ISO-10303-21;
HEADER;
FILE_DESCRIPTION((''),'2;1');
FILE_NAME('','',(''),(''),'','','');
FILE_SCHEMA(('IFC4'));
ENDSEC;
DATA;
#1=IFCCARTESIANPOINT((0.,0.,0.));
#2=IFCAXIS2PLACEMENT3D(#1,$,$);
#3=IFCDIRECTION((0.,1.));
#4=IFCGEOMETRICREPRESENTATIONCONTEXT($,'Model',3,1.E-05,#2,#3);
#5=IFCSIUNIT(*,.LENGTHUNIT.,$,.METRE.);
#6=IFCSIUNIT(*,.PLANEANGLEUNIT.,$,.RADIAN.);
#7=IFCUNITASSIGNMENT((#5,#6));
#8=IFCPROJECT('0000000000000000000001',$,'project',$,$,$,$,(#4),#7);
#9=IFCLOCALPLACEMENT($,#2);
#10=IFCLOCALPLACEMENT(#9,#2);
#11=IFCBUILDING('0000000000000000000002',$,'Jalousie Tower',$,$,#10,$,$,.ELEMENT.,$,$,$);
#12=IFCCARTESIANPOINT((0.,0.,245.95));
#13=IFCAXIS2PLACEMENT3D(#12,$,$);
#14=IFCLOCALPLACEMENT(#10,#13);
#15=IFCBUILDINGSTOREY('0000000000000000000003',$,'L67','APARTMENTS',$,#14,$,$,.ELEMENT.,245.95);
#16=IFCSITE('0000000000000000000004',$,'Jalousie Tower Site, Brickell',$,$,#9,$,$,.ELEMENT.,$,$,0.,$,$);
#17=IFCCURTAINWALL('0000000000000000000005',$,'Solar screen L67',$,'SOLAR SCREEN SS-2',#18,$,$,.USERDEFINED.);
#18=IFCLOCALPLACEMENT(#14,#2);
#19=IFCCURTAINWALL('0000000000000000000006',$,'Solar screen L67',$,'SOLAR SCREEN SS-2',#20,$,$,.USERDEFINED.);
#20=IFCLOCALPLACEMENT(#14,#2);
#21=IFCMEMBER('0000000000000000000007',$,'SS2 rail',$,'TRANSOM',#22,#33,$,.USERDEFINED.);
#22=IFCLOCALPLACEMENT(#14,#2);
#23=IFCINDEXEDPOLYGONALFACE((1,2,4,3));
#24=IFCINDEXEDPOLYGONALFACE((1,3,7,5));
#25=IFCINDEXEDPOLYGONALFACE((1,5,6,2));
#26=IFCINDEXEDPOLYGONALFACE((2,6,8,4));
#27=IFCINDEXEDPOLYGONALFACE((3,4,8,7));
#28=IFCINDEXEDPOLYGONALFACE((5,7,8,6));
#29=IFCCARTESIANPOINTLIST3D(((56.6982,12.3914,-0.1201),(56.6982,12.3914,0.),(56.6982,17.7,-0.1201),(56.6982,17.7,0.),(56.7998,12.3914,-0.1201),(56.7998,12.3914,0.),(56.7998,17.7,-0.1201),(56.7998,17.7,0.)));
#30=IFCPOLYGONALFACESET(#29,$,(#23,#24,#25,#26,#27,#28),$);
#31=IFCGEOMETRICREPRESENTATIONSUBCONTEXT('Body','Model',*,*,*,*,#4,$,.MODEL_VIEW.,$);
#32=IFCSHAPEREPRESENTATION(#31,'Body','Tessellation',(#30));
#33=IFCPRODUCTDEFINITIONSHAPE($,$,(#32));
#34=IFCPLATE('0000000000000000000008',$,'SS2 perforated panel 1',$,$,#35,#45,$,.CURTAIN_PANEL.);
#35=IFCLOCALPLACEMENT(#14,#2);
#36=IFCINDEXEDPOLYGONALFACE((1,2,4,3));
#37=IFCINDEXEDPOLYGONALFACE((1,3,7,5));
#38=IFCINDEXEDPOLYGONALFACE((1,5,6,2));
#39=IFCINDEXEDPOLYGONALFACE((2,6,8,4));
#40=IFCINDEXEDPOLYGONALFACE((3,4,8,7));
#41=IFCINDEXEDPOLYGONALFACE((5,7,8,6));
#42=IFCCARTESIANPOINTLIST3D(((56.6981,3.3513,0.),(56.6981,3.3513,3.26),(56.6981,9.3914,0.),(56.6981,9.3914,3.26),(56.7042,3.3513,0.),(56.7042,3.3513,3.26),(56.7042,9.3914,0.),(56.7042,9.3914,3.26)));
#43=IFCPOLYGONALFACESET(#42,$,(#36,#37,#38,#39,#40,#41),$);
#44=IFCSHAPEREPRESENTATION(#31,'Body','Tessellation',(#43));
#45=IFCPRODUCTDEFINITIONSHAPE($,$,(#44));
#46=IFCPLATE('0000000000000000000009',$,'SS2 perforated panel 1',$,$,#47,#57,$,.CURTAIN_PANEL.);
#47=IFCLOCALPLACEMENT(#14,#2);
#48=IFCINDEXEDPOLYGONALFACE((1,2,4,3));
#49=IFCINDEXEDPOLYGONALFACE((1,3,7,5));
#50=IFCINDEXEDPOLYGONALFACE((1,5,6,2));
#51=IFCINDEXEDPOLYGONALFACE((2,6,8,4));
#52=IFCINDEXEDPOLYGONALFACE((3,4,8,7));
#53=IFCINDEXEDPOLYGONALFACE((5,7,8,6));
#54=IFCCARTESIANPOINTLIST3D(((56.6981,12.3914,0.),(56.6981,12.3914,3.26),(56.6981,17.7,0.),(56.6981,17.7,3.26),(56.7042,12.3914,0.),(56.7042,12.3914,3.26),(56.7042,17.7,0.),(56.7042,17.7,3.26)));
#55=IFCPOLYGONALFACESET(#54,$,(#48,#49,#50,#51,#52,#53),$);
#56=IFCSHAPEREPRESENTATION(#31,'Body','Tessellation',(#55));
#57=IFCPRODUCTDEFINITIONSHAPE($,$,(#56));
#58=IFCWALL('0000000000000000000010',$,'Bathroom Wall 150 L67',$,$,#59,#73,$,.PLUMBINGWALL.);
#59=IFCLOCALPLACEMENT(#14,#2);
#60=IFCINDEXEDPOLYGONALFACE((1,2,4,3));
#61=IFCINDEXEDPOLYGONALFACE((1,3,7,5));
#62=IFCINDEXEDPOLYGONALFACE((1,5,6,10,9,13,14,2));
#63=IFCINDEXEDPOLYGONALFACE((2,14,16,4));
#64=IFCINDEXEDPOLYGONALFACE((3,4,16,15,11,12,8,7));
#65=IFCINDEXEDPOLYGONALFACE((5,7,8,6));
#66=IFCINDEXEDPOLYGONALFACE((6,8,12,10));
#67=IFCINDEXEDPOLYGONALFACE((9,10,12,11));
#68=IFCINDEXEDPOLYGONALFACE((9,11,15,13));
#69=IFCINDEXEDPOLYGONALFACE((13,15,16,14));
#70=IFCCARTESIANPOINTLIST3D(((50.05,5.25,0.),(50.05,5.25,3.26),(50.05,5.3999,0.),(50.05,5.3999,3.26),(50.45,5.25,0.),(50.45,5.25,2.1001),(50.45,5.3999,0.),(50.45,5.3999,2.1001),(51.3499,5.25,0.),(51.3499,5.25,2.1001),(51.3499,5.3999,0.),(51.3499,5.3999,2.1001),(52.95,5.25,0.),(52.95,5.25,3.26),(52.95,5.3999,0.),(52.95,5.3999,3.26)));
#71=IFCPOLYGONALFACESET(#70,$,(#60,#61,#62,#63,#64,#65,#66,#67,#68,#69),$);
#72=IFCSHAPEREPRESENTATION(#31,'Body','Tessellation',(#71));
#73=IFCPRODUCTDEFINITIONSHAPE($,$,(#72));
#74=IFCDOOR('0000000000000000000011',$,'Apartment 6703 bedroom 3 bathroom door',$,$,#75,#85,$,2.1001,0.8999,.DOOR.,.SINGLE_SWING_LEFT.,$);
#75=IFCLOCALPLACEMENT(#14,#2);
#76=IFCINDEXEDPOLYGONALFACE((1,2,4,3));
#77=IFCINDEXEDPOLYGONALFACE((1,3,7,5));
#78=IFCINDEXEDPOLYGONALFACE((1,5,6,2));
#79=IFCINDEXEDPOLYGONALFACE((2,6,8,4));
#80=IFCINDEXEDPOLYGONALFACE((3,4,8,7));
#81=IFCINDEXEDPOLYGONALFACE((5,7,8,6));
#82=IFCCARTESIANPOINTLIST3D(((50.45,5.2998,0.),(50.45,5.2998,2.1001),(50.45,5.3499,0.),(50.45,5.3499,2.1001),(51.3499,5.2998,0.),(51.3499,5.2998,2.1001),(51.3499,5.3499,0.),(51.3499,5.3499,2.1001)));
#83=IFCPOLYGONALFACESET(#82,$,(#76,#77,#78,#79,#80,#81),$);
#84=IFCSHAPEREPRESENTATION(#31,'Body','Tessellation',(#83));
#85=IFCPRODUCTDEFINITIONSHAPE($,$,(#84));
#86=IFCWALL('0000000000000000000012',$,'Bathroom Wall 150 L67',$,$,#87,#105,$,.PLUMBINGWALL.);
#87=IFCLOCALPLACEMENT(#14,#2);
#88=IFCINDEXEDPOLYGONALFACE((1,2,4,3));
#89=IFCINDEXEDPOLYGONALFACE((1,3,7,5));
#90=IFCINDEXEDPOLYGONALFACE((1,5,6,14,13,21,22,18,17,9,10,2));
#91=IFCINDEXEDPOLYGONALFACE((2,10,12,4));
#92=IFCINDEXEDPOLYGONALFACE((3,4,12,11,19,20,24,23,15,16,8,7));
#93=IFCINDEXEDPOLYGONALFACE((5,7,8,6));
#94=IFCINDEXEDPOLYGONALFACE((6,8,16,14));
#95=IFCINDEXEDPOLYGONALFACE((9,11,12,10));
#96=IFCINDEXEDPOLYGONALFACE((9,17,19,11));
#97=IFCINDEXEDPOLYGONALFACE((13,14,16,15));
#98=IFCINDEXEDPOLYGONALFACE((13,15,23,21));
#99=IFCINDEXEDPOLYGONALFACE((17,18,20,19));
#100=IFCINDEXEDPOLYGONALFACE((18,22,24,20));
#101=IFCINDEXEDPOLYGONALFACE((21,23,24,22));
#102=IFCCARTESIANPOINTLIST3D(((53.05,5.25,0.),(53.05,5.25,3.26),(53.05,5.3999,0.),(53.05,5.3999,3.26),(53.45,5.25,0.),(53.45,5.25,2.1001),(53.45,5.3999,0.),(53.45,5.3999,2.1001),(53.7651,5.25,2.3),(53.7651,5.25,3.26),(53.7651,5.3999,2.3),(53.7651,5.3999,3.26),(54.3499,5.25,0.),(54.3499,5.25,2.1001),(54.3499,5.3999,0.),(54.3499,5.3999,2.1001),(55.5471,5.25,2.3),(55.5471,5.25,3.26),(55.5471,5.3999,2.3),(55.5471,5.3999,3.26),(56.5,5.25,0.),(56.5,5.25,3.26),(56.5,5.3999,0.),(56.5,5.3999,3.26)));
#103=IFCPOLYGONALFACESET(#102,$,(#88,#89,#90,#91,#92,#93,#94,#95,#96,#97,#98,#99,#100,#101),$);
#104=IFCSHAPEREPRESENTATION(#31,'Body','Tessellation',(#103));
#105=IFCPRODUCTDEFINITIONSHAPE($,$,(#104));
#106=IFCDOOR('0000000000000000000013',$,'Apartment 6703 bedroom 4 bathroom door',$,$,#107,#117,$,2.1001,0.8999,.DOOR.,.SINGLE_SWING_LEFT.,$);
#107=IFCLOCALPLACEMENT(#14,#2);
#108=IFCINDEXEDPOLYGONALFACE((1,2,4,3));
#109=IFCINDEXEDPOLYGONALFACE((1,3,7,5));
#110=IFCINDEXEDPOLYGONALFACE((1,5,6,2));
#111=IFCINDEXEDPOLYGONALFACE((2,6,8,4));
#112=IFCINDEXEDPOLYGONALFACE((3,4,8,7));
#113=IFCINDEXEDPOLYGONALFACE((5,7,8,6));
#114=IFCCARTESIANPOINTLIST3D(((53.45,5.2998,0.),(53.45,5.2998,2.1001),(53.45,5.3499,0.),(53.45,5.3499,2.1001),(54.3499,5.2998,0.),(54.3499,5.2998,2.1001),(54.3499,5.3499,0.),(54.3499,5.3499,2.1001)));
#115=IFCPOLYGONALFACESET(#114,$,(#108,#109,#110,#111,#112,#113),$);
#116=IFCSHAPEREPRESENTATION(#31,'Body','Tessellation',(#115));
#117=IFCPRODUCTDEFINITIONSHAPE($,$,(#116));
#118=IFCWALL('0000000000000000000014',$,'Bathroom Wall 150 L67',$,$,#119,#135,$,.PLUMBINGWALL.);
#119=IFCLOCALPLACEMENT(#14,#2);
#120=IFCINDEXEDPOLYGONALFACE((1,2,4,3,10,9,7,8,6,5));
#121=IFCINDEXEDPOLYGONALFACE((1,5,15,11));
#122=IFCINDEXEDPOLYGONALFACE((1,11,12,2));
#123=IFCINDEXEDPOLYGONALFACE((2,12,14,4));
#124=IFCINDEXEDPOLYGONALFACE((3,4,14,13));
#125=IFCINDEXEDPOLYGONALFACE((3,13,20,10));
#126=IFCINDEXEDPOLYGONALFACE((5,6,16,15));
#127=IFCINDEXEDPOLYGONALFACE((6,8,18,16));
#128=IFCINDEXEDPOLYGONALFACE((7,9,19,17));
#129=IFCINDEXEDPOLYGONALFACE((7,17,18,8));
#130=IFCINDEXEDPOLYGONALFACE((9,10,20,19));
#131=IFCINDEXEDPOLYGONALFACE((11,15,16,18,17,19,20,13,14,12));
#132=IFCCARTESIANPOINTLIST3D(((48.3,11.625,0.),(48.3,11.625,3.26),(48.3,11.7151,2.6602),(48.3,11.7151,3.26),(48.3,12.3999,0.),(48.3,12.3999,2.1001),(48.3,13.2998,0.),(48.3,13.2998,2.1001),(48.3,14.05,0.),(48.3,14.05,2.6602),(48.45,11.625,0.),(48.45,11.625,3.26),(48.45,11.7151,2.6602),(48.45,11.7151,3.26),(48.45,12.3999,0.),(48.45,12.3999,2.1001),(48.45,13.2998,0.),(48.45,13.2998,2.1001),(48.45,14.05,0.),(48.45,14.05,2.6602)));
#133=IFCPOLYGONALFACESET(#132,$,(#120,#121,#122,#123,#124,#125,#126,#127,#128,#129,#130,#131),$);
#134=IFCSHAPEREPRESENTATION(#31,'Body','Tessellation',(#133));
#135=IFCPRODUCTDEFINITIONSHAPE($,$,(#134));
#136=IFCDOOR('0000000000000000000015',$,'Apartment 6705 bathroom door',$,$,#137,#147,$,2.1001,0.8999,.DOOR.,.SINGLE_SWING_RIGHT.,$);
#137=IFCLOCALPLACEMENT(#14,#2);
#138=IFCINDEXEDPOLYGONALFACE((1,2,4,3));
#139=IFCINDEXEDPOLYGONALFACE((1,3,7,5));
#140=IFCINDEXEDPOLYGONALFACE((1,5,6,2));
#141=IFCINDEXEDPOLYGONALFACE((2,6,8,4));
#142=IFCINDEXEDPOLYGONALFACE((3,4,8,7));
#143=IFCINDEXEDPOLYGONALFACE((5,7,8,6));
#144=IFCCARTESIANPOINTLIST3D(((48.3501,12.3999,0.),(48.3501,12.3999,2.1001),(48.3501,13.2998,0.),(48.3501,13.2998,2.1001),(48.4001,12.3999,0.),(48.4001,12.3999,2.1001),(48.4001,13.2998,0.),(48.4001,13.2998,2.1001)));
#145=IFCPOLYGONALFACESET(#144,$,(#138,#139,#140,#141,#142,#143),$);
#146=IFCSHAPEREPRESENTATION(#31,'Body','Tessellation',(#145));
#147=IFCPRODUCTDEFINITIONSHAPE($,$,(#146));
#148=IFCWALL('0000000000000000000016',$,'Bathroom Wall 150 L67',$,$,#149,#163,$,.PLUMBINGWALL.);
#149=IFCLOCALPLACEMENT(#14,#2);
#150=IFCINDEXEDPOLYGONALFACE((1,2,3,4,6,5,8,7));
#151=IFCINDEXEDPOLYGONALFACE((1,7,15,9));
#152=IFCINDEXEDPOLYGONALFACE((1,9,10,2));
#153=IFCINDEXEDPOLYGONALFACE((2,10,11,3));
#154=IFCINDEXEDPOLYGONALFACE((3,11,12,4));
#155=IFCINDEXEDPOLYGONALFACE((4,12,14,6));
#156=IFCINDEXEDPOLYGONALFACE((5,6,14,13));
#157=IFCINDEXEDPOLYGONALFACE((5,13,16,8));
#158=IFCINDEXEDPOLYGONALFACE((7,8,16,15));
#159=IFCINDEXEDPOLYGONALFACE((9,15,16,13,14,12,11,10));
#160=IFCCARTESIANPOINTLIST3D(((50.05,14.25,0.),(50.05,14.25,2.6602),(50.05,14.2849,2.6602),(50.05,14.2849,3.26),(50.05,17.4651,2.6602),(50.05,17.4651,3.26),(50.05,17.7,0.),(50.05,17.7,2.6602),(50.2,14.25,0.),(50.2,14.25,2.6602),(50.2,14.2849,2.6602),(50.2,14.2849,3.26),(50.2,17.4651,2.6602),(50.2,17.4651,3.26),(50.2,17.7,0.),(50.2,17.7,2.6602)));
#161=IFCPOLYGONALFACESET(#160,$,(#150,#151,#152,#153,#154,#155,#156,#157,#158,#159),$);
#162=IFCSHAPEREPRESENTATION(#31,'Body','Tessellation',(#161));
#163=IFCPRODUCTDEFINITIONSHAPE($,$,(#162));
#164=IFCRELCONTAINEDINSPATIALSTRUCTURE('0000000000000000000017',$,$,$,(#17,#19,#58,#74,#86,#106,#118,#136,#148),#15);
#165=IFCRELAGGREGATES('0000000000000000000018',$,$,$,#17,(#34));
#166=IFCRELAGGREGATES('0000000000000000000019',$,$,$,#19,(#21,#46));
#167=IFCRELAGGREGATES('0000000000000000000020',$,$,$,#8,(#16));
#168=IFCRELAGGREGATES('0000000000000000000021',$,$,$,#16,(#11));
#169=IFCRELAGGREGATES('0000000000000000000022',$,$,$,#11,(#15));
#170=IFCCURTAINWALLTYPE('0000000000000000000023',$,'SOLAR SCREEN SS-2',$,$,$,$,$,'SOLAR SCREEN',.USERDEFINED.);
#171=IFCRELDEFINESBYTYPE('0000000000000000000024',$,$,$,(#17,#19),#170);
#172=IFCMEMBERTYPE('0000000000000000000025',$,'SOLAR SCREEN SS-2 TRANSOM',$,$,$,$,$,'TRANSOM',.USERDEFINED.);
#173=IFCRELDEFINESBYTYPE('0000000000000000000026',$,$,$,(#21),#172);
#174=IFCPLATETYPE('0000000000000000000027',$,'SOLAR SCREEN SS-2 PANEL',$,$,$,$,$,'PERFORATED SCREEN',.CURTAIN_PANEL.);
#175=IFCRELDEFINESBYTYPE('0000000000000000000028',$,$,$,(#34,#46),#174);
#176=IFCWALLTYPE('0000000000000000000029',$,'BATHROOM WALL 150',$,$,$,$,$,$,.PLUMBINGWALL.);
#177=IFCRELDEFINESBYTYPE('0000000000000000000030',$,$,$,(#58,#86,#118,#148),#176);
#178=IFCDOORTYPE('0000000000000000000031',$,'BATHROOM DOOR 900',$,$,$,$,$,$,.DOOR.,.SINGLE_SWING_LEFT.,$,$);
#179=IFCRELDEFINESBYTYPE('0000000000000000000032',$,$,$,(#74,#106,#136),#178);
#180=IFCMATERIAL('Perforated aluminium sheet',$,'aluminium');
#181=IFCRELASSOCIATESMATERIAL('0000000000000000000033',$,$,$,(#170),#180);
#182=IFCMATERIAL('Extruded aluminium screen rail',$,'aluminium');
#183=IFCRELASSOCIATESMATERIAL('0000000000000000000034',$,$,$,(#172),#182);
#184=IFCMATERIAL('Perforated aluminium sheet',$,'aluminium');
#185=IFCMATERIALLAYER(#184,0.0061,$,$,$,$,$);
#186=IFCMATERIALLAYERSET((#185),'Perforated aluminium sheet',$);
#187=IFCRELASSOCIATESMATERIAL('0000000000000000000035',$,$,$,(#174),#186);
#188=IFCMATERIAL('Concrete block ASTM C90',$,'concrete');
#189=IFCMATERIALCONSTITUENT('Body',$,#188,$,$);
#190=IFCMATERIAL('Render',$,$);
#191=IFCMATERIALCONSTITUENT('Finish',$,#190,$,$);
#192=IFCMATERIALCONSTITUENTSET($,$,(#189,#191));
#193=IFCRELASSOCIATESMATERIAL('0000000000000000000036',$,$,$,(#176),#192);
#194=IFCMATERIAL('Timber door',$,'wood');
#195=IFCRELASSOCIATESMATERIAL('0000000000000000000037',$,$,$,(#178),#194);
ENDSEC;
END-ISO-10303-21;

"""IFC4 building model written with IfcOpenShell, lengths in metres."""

from ifc_helpers import new_model, si_unit, direction, frame, frame_2d, origin, origin_2d, place, context, subcontext, project, spatial, polyline, rectangle, outline, extrude, material, layer, layer_set, constituent, constituent_set, material_profile, profile_set, type_object, element, fill, aggregate, save


model = new_model("IFC4")

# Units and contexts
model_context = context("Model", 3, precision=1e-05, world=origin(), true_north=direction((0.0, 1.0)))
body_context = subcontext(model_context, "Body", "Model", "MODEL_VIEW")
ifc_project = project(units=[si_unit("LENGTHUNIT", "METRE"), si_unit("PLANEANGLEUNIT", "RADIAN")], contexts=[model_context])

# Site, building, storey
site_placement = place(None, origin())
site = spatial("IfcSite", under=ifc_project, at=site_placement, Name="Jalousie Tower Site, Brickell", CompositionType="ELEMENT", RefElevation=0.0)
building_placement = place(site_placement, origin())
building = spatial("IfcBuilding", under=site, at=building_placement, Name="Jalousie Tower", CompositionType="ELEMENT")
storey_placement = place(building_placement, frame((0.0, 0.0, 245.95)))
storey = spatial("IfcBuildingStorey", under=building, at=storey_placement, Name="L67", Description="APARTMENTS", CompositionType="ELEMENT", Elevation=245.95)

# Curtain wall
ifc_material_1 = material(Name="Perforated aluminium sheet", Category="aluminium")
curtain_wall_type = type_object("IfcCurtainWallType", Name="SOLAR SCREEN SS-2", ElementType="SOLAR SCREEN", PredefinedType="USERDEFINED", material=ifc_material_1)
curtain_wall_1_placement = place(storey_placement, origin())
curtain_wall_1 = element("IfcCurtainWall", 1, at=curtain_wall_1_placement, inside=storey, type_object=curtain_wall_type, Name="Solar screen L67", ObjectType="SOLAR SCREEN SS-2", PredefinedType="USERDEFINED")

# Curtain wall
curtain_wall_2_placement = place(storey_placement, origin())
curtain_wall_2 = element("IfcCurtainWall", 2, at=curtain_wall_2_placement, inside=storey, type_object=curtain_wall_type, Name="Solar screen L67", ObjectType="SOLAR SCREEN SS-2", PredefinedType="USERDEFINED")

# Member
ifc_material_2 = material(Name="Extruded aluminium screen rail", Category="aluminium")
ifc_material_profile_1 = material_profile(ifc_material_2, rectangle(XDim=0.1016, YDim=0.1201, at=origin_2d()), Name="RAIL 102x120")
ifc_profile_set_1 = profile_set([ifc_material_profile_1], Name="Extruded aluminium screen rail")
member_type_1 = type_object("IfcMemberType", Name="SOLAR SCREEN SS-2 TRANSOM", ElementType="TRANSOM", PredefinedType="USERDEFINED", material=ifc_profile_set_1)
member_1_placement = place(storey_placement, frame((56.749, 12.3914, -0.0601), z_axis=(0.0, 1.0, 0.0), x_axis=(-1.0, 0.0, 0.0)))
member_1 = element("IfcMember", 3, at=member_1_placement, type_object=member_type_1, Name="SS2 rail", ObjectType="TRANSOM", PredefinedType="USERDEFINED", context=body_context, shape_type="SweptSolid", body=[
    extrude(rectangle(XDim=0.1016, YDim=0.1201, at=origin_2d()), origin(), (0.0, 0.0, 1.0), 5.3086),
])

# Plates
ifc_material_3 = material(Name="Perforated aluminium sheet", Category="aluminium")
ifc_layer = layer(ifc_material_3, 0.0061)
ifc_layer_set = layer_set([ifc_layer], Name="Perforated aluminium sheet")
plate_type = type_object("IfcPlateType", Name="SOLAR SCREEN SS-2 PANEL", ElementType="PERFORATED SCREEN", PredefinedType="CURTAIN_PANEL", material=ifc_layer_set)
plate_1_placement = place(storey_placement, frame((56.7012, 6.3713, 0.0), z_axis=(0.0, 0.0, 1.0), x_axis=(0.0, 1.0, 0.0)))
plate_1 = element("IfcPlate", 4, at=plate_1_placement, type_object=plate_type, Name="SS2 perforated panel 1", PredefinedType="CURTAIN_PANEL", context=body_context, shape_type="SweptSolid", body=[
    extrude(rectangle(XDim=6.04, YDim=0.0061, at=origin_2d()), origin(), (0.0, 0.0, 1.0), 3.26),
])
aggregate(curtain_wall_1, [plate_1])
plate_2_placement = place(storey_placement, frame((56.7012, 15.0457, 0.0), z_axis=(0.0, 0.0, 1.0), x_axis=(0.0, 1.0, 0.0)))
plate_2 = element("IfcPlate", 5, at=plate_2_placement, type_object=plate_type, Name="SS2 perforated panel 1", PredefinedType="CURTAIN_PANEL", context=body_context, shape_type="SweptSolid", body=[
    extrude(rectangle(XDim=5.3086, YDim=0.0061, at=origin_2d()), origin(), (0.0, 0.0, 1.0), 3.26),
])
aggregate(curtain_wall_2, [member_1, plate_2])

# Walls, openings, doors
ifc_material_4 = material(Name="Concrete block ASTM C90", Category="concrete")
ifc_constituent_1 = constituent(ifc_material_4, Name="Body")
ifc_material_5 = material(Name="Render")
ifc_constituent_2 = constituent(ifc_material_5, Name="Finish")
ifc_constituent_set_1 = constituent_set(constituents=[ifc_constituent_1, ifc_constituent_2])
wall_type_1 = type_object("IfcWallType", Name="BATHROOM WALL 150", PredefinedType="PLUMBINGWALL", material=ifc_constituent_set_1)
wall_1_placement = place(storey_placement, frame((50.05, 5.325, 0.0), z_axis=(0.0, 0.0, 1.0), x_axis=(1.0, 0.0, 0.0)))
wall_1 = element("IfcWall", 6, at=wall_1_placement, inside=storey, type_object=wall_type_1, Name="Bathroom Wall 150 L67", PredefinedType="PLUMBINGWALL", context=body_context, shape_type="SweptSolid", body=[
    extrude(rectangle(XDim=2.8999, YDim=0.1499, at=frame_2d((1.45, 0.0))), origin(), (0.0, 0.0, 1.0), 3.26),
])
opening_1_placement = place(wall_1_placement, frame((0.3999, 0.0, 0.0)))
opening_1 = element("IfcOpeningElement", 7, at=opening_1_placement, cuts=wall_1, PredefinedType="OPENING", context=body_context, shape_type="SweptSolid", body=[
    extrude(rectangle(XDim=0.8999, YDim=2.1001, at=frame_2d((0.45, 1.05))), frame((0.0, 0.085, 0.0), z_axis=(0.0, -1.0, 0.0), x_axis=(1.0, 0.0, 0.0)), (0.0, 0.0, 1.0), 0.1699),
])
ifc_material_6 = material(Name="Timber door", Category="wood")
door_type_1 = type_object("IfcDoorType", Name="BATHROOM DOOR 900", OperationType="SINGLE_SWING_LEFT", PredefinedType="DOOR", material=ifc_material_6)
door_1_placement = place(opening_1_placement, origin())
door_1 = element("IfcDoor", 8, at=door_1_placement, inside=storey, type_object=door_type_1, Name="Apartment 6703 bedroom 3 bathroom door", OperationType="SINGLE_SWING_LEFT", OverallHeight=2.1001, OverallWidth=0.8999, PredefinedType="DOOR", context=body_context, shape_type="SweptSolid", body=[
    extrude(rectangle(XDim=0.8999, YDim=2.1001, at=frame_2d((0.45, 1.05))), frame((0.0, 0.0249, 0.0), z_axis=(0.0, -1.0, 0.0), x_axis=(1.0, 0.0, 0.0)), (0.0, 0.0, 1.0), 0.05),
])
fill(opening_1, door_1)
wall_2_placement = place(storey_placement, frame((53.05, 5.325, 0.0), z_axis=(0.0, 0.0, 1.0), x_axis=(1.0, 0.0, 0.0)))
wall_2 = element("IfcWall", 9, at=wall_2_placement, inside=storey, type_object=wall_type_1, Name="Bathroom Wall 150 L67", PredefinedType="PLUMBINGWALL", context=body_context, shape_type="SweptSolid", body=[
    extrude(outline(polyline([(0.0, 0.0), (3.45, 0.0), (3.45, 3.26), (2.4971, 3.26), (2.4971, 2.3), (0.7151, 2.3), (0.7151, 3.26), (0.0, 3.26), (0.0, 0.0)])), frame((0.0, 0.075, 0.0), z_axis=(0.0, -1.0, 0.0), x_axis=(1.0, 0.0, 0.0)), (0.0, 0.0, 1.0), 0.1499),
])
opening_2_placement = place(wall_2_placement, frame((0.3999, 0.0, 0.0)))
opening_2 = element("IfcOpeningElement", 10, at=opening_2_placement, cuts=wall_2, PredefinedType="OPENING", context=body_context, shape_type="SweptSolid", body=[
    extrude(rectangle(XDim=0.8999, YDim=2.1001, at=frame_2d((0.45, 1.05))), frame((0.0, 0.085, 0.0), z_axis=(0.0, -1.0, 0.0), x_axis=(1.0, 0.0, 0.0)), (0.0, 0.0, 1.0), 0.1699),
])
door_2_placement = place(opening_2_placement, origin())
door_2 = element("IfcDoor", 11, at=door_2_placement, inside=storey, type_object=door_type_1, Name="Apartment 6703 bedroom 4 bathroom door", OperationType="SINGLE_SWING_LEFT", OverallHeight=2.1001, OverallWidth=0.8999, PredefinedType="DOOR", context=body_context, shape_type="SweptSolid", body=[
    extrude(rectangle(XDim=0.8999, YDim=2.1001, at=frame_2d((0.45, 1.05))), frame((0.0, 0.0249, 0.0), z_axis=(0.0, -1.0, 0.0), x_axis=(1.0, 0.0, 0.0)), (0.0, 0.0, 1.0), 0.05),
])
fill(opening_2, door_2)
wall_3_placement = place(storey_placement, frame((48.375, 11.625, 0.0), z_axis=(0.0, 0.0, 1.0), x_axis=(0.0, 1.0, 0.0)))
wall_3 = element("IfcWall", 12, at=wall_3_placement, inside=storey, type_object=wall_type_1, Name="Bathroom Wall 150 L67", PredefinedType="PLUMBINGWALL", context=body_context, shape_type="SweptSolid", body=[
    extrude(outline(polyline([(0.0, 0.0), (2.425, 0.0), (2.425, 3.26), (2.425, 2.6602), (0.0901, 2.6602), (0.0901, 3.26), (0.0, 3.26), (0.0, 0.0)])), frame((0.0, 0.075, 0.0), z_axis=(0.0, -1.0, 0.0), x_axis=(1.0, 0.0, 0.0)), (0.0, 0.0, 1.0), 0.1499),
])
opening_3_placement = place(wall_3_placement, frame((0.7749, 0.0, 0.0)))
opening_3 = element("IfcOpeningElement", 13, at=opening_3_placement, cuts=wall_3, PredefinedType="OPENING", context=body_context, shape_type="SweptSolid", body=[
    extrude(rectangle(XDim=0.8999, YDim=2.1001, at=frame_2d((0.45, 1.05))), frame((0.0, 0.085, 0.0), z_axis=(0.0, -1.0, 0.0), x_axis=(1.0, 0.0, 0.0)), (0.0, 0.0, 1.0), 0.1699),
])
door_3_placement = place(opening_3_placement, origin())
door_3 = element("IfcDoor", 14, at=door_3_placement, inside=storey, type_object=door_type_1, Name="Apartment 6705 bathroom door", OperationType="SINGLE_SWING_RIGHT", OverallHeight=2.1001, OverallWidth=0.8999, PredefinedType="DOOR", context=body_context, shape_type="SweptSolid", body=[
    extrude(rectangle(XDim=0.8999, YDim=2.1001, at=frame_2d((0.45, 1.05))), frame((0.0, 0.0249, 0.0), z_axis=(0.0, -1.0, 0.0), x_axis=(1.0, 0.0, 0.0)), (0.0, 0.0, 1.0), 0.05),
])
fill(opening_3, door_3)

# Wall
wall_4_placement = place(storey_placement, frame((50.125, 14.25, 0.0), z_axis=(0.0, 0.0, 1.0), x_axis=(0.0, 1.0, 0.0)))
element("IfcWall", 15, at=wall_4_placement, inside=storey, type_object=wall_type_1, Name="Bathroom Wall 150 L67", PredefinedType="PLUMBINGWALL", context=body_context, shape_type="SweptSolid", body=[
    extrude(outline(polyline([(0.0, 0.0), (3.45, 0.0), (3.45, 3.26), (3.45, 2.6602), (3.2151, 2.6602), (3.2151, 3.26), (0.0349, 3.26), (0.0349, 2.6602), (0.0, 2.6602), (0.0, 3.26), (0.0, 0.0)])), frame((0.0, 0.075, 0.0), z_axis=(0.0, -1.0, 0.0), x_axis=(1.0, 0.0, 0.0)), (0.0, 0.0, 1.0), 0.1499),
])

save(model, "model.ifc")
